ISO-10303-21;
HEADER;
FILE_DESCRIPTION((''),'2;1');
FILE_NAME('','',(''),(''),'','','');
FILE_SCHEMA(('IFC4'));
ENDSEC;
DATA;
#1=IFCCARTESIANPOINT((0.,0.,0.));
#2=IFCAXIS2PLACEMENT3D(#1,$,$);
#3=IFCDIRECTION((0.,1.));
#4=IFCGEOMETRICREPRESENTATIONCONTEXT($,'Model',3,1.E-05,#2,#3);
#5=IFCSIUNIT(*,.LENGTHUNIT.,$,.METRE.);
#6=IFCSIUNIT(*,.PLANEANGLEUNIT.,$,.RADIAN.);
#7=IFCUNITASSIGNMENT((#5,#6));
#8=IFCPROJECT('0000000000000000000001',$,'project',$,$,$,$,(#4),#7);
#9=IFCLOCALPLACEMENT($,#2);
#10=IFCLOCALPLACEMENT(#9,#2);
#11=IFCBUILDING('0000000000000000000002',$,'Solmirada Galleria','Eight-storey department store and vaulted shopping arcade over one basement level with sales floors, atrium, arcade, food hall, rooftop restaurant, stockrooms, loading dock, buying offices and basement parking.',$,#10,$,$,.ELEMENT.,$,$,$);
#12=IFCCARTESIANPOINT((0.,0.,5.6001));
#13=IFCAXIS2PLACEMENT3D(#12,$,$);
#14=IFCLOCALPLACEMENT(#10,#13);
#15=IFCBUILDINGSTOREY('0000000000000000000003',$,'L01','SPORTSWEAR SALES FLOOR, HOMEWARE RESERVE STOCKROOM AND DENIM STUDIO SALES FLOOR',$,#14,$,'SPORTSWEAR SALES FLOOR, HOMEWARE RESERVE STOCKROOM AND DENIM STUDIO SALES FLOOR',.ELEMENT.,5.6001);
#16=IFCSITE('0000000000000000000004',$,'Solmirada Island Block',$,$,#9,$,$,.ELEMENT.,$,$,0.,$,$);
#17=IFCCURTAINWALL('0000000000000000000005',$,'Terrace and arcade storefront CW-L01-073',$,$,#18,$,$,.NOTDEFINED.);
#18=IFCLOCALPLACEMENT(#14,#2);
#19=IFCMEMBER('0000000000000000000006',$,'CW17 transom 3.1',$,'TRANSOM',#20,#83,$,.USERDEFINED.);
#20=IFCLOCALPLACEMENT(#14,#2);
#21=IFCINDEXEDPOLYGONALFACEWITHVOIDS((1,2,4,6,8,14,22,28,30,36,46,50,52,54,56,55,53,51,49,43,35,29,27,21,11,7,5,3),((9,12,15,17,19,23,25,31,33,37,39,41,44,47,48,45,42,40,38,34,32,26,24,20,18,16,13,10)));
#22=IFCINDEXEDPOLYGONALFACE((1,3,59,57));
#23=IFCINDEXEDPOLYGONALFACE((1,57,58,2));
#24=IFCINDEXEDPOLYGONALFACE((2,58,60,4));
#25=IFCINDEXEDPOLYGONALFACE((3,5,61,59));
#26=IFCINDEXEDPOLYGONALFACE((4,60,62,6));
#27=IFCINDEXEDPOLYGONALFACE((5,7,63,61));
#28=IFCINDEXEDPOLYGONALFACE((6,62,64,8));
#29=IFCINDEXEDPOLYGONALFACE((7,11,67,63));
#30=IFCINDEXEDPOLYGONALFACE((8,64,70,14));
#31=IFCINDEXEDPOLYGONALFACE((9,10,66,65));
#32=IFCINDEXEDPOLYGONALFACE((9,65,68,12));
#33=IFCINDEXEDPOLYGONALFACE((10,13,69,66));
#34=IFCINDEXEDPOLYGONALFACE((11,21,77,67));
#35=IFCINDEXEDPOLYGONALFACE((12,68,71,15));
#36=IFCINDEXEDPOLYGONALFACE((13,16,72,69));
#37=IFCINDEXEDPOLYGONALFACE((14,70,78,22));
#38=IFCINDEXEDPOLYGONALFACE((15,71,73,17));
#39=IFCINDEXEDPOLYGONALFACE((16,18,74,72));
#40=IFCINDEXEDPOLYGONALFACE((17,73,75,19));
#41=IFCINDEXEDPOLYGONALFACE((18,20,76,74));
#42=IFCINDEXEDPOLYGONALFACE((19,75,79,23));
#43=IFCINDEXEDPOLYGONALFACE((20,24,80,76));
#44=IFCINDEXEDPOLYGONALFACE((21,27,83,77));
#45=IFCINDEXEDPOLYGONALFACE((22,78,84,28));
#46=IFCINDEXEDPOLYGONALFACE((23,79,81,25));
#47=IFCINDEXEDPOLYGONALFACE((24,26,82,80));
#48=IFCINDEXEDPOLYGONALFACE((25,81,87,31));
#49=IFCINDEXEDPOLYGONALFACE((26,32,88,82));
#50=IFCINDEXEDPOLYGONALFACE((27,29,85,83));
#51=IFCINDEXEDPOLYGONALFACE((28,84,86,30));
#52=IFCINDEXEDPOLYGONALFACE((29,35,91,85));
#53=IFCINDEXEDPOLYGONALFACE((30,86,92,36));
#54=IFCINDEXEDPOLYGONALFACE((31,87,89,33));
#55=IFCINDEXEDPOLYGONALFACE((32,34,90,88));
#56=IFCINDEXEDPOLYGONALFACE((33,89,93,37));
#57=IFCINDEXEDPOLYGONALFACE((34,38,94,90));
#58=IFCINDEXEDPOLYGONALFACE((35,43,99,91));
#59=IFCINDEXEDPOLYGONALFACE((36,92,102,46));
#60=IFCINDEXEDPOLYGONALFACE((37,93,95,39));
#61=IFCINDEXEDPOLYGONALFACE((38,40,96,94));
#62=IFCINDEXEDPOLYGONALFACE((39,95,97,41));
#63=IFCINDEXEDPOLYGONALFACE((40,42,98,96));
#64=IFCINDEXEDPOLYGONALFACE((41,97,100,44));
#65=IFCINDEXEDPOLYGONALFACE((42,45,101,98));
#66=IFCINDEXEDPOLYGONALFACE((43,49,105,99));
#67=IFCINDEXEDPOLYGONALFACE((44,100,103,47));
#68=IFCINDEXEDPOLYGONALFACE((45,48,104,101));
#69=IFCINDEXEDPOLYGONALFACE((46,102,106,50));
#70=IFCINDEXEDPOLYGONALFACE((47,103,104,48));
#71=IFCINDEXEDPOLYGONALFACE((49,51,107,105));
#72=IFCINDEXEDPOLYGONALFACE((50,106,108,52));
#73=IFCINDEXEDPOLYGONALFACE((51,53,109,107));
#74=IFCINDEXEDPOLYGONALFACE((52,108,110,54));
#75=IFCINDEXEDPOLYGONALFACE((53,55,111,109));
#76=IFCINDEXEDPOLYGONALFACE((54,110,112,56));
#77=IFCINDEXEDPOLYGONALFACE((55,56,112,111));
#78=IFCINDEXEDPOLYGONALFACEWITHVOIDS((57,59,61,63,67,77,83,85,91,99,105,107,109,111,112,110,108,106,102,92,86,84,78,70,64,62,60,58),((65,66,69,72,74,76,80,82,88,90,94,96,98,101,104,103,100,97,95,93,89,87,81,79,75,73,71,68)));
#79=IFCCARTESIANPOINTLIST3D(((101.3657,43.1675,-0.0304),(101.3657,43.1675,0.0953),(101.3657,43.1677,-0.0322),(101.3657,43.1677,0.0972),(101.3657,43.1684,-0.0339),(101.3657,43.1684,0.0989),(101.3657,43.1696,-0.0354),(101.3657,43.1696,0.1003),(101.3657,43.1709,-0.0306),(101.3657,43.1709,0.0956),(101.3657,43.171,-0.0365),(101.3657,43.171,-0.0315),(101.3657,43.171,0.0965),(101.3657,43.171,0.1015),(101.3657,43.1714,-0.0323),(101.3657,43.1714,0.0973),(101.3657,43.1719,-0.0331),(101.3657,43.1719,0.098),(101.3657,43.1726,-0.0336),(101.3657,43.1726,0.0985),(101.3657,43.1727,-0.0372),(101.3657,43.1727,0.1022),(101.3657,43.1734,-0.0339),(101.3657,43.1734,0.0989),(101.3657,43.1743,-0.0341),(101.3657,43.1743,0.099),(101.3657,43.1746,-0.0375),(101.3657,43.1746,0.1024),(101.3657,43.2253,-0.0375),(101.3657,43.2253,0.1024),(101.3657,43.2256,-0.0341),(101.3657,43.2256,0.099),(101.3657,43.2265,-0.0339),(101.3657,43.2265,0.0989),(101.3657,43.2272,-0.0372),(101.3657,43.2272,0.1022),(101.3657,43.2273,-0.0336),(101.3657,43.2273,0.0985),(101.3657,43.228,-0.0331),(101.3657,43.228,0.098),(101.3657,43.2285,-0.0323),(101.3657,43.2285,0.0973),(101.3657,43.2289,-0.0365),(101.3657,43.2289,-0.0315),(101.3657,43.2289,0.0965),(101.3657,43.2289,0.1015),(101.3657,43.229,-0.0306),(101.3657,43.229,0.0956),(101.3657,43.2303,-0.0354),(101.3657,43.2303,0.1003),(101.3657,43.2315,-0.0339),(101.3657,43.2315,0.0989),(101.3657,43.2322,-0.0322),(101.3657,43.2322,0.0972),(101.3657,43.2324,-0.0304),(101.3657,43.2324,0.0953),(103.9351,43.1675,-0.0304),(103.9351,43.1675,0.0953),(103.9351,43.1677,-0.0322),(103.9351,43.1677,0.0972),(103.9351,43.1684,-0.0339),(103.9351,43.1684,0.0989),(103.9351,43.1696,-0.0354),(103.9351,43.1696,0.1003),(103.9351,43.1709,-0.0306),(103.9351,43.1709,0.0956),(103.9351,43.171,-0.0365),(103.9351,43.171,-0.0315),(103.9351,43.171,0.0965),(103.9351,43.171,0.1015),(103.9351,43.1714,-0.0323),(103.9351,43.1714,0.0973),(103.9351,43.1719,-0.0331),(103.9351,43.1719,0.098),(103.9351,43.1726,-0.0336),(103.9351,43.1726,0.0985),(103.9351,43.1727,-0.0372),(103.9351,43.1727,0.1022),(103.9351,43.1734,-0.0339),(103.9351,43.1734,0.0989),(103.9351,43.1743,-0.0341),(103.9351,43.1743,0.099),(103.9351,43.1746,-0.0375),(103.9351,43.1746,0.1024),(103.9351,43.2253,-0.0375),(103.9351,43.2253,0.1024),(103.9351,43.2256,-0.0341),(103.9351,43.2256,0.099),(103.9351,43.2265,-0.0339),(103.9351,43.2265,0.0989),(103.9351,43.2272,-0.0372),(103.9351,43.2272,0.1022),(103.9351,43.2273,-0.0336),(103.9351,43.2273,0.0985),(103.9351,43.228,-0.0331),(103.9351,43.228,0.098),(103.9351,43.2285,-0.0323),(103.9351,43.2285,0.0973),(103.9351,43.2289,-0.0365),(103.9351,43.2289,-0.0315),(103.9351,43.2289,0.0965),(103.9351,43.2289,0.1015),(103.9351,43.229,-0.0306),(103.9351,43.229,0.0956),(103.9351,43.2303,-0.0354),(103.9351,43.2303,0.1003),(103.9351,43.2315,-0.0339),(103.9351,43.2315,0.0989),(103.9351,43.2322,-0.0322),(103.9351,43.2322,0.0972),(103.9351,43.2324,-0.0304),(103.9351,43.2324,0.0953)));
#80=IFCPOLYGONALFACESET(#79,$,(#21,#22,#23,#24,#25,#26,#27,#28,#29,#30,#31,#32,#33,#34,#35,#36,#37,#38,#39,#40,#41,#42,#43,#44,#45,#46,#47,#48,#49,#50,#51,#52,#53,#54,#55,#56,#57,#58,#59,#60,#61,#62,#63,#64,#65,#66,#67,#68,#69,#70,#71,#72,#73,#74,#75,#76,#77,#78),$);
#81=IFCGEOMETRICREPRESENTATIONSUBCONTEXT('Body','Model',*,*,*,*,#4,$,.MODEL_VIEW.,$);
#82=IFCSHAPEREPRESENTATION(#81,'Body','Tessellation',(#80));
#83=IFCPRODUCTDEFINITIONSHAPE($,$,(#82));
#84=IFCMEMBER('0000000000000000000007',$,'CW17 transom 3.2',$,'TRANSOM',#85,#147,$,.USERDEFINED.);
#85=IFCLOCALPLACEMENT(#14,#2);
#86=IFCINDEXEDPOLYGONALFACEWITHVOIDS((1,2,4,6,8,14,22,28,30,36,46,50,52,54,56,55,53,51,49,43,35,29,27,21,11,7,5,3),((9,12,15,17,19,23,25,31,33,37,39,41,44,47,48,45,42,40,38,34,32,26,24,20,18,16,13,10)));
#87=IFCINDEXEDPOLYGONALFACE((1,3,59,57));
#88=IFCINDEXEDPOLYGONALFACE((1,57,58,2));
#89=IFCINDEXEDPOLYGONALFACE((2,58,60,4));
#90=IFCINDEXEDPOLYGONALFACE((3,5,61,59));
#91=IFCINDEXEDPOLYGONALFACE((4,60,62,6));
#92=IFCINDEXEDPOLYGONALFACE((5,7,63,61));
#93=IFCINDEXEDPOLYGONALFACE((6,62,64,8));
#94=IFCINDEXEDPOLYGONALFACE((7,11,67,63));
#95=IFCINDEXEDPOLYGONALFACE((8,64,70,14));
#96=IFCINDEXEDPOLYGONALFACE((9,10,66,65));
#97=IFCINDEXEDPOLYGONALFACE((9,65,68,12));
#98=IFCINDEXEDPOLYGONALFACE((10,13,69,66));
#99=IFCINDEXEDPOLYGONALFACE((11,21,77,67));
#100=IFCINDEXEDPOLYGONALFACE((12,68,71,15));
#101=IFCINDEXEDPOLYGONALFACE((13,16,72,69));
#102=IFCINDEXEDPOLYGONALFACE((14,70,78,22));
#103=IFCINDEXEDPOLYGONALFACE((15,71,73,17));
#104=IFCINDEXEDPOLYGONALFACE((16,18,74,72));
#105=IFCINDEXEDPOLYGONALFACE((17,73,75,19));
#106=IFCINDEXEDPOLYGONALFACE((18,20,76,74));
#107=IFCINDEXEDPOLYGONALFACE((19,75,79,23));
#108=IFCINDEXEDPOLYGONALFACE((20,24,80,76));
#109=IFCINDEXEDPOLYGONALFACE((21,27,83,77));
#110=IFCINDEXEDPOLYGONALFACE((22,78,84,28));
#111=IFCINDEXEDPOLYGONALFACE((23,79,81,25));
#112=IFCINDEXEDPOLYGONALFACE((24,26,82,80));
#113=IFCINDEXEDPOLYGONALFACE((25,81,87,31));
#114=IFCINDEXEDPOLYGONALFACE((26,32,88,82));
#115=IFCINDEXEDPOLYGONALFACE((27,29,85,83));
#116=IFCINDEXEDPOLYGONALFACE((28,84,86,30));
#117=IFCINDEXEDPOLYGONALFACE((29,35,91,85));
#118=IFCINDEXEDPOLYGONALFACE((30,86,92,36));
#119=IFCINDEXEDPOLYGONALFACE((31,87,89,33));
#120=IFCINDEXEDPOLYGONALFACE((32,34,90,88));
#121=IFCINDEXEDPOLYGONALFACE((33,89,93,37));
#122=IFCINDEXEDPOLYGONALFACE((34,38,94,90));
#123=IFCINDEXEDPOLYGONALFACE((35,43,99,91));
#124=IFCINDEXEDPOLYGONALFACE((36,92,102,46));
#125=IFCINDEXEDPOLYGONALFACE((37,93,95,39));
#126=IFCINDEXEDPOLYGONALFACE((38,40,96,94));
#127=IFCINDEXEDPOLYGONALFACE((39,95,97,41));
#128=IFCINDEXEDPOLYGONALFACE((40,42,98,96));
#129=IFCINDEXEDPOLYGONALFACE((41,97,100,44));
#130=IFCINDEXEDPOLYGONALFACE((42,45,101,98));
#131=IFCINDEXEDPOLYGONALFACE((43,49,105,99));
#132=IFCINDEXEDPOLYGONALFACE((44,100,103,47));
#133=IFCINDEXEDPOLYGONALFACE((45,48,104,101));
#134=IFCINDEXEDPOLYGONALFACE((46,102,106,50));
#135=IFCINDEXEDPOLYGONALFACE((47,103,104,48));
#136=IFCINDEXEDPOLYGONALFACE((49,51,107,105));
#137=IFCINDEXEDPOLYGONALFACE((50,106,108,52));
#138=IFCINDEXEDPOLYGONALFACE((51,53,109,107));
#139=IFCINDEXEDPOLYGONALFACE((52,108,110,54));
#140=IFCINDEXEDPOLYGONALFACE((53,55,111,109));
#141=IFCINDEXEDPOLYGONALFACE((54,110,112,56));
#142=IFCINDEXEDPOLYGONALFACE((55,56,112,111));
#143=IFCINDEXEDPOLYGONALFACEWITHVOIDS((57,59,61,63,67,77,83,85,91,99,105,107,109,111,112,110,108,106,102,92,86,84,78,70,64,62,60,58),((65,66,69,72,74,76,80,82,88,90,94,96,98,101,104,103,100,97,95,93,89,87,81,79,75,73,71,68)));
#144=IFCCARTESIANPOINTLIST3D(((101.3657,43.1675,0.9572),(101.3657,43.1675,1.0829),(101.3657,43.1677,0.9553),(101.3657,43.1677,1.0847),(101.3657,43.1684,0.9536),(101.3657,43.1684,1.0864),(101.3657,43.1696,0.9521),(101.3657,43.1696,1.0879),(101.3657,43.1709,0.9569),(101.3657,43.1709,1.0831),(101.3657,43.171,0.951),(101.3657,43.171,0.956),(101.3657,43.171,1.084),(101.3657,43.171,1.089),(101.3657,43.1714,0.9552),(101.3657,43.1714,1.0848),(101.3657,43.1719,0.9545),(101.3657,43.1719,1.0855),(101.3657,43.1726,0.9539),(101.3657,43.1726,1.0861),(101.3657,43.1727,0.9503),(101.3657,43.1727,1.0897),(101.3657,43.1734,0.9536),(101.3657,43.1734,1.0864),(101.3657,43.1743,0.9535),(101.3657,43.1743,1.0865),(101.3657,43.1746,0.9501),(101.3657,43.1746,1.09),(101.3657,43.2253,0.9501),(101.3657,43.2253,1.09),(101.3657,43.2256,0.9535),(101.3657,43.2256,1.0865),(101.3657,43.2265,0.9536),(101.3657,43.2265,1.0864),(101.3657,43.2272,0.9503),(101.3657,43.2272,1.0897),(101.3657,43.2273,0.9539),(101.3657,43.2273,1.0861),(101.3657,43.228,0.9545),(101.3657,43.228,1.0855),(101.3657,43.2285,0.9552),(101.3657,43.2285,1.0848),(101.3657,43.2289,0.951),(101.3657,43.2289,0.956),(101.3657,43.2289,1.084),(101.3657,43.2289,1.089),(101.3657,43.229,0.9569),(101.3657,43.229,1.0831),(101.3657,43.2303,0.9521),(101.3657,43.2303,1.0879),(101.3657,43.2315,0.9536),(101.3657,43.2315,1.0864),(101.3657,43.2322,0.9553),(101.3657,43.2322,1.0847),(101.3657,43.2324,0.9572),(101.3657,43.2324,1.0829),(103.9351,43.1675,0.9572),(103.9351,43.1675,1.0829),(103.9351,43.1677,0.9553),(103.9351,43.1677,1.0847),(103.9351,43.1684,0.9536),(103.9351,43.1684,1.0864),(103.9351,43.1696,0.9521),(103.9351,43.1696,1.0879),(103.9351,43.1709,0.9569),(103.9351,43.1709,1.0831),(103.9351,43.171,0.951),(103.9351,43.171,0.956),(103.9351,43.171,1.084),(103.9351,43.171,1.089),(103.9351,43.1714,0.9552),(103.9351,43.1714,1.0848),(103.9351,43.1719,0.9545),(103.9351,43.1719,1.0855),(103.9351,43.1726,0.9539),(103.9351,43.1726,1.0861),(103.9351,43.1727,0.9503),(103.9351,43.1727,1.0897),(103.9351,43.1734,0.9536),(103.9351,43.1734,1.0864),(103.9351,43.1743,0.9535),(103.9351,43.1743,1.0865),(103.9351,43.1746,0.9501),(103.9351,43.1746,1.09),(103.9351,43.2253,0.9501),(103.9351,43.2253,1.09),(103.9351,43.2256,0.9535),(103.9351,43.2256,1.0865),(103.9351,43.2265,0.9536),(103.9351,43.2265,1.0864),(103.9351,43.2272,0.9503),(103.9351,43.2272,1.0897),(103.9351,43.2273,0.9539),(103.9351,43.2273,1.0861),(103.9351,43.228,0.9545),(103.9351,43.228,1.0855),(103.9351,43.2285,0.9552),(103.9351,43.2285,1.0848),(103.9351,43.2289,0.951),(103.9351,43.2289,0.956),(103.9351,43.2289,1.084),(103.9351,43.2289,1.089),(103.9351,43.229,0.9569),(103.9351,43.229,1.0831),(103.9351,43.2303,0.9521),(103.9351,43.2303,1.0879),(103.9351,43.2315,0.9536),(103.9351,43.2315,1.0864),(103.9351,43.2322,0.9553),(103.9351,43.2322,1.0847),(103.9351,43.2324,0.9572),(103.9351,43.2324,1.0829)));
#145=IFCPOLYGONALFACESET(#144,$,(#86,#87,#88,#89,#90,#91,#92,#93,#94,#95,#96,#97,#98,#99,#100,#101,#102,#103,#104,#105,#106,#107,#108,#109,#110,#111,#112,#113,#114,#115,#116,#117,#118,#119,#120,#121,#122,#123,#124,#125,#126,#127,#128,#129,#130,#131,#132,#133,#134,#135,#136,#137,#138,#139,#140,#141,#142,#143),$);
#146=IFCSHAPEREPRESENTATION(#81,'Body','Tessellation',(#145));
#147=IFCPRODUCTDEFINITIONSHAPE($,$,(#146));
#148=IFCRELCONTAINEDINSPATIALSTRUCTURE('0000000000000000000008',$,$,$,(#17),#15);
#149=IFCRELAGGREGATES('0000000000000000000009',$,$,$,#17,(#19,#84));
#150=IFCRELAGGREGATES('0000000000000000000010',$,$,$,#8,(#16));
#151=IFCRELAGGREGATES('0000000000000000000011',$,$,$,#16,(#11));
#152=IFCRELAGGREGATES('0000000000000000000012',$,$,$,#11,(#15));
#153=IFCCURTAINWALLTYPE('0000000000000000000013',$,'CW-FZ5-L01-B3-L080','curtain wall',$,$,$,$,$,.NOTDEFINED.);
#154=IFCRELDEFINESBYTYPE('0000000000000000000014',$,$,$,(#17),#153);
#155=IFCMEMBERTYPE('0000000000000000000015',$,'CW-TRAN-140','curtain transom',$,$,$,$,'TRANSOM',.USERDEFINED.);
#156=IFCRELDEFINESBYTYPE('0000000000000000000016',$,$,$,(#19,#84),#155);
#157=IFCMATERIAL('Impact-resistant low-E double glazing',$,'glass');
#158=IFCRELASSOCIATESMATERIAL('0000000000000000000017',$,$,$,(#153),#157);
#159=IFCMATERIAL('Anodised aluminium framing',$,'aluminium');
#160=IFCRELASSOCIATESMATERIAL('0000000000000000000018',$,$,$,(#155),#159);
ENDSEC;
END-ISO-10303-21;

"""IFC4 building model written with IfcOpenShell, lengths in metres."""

from ifc_helpers import new_model, si_unit, direction, frame, origin, origin_2d, place, context, subcontext, project, spatial, hollow_rectangle, extrude, material, material_profile, profile_set, type_object, element, aggregate, save


model = new_model("IFC4")

# Units and contexts
model_context = context("Model", 3, precision=1e-05, world=origin(), true_north=direction((0.0, 1.0)))
body_context = subcontext(model_context, "Body", "Model", "MODEL_VIEW")
ifc_project = project(units=[si_unit("LENGTHUNIT", "METRE"), si_unit("PLANEANGLEUNIT", "RADIAN")], contexts=[model_context])

# Site, building, storey
site_placement = place(None, origin())
site = spatial("IfcSite", under=ifc_project, at=site_placement, Name="Solmirada Island Block", CompositionType="ELEMENT", RefElevation=0.0)
building_placement = place(site_placement, origin())
building = spatial("IfcBuilding", under=site, at=building_placement, Name="Solmirada Galleria", Description="Eight-storey department store and vaulted shopping arcade over one basement level with sales floors, atrium, arcade, food hall, rooftop restaurant, stockrooms, loading dock, buying offices and basement parking.", CompositionType="ELEMENT")
storey_placement = place(building_placement, frame((0.0, 0.0, 5.6001)))
storey = spatial("IfcBuildingStorey", under=building, at=storey_placement, Name="L01", Description="SPORTSWEAR SALES FLOOR, HOMEWARE RESERVE STOCKROOM AND DENIM STUDIO SALES FLOOR", LongName="SPORTSWEAR SALES FLOOR, HOMEWARE RESERVE STOCKROOM AND DENIM STUDIO SALES FLOOR", CompositionType="ELEMENT", Elevation=5.6001)

# Curtain wall
ifc_material_1 = material(Name="Impact-resistant low-E double glazing", Category="glass")
ifc_material_2 = material(Name="Anodised aluminium framing", Category="aluminium")
curtain_wall_type_1 = type_object("IfcCurtainWallType", Name="CW-FZ5-L01-B3-L080", Description="curtain wall", PredefinedType="NOTDEFINED", material=ifc_material_1)
curtain_wall_1_placement = place(storey_placement, origin())
curtain_wall_1 = element("IfcCurtainWall", 1, at=curtain_wall_1_placement, inside=storey, type_object=curtain_wall_type_1, Name="Terrace and arcade storefront CW-L01-073", PredefinedType="NOTDEFINED")

# Members
ifc_material_profile_1 = material_profile(ifc_material_2, hollow_rectangle(XDim=0.0649, YDim=0.1399, WallThickness=0.0034, InnerFilletRadius=0.0034, OuterFilletRadius=0.0071, at=origin_2d()), Name="ALU-TRAN-140X65")
ifc_profile_set_1 = profile_set([ifc_material_profile_1], Name="Anodised aluminium framing")
member_type_1 = type_object("IfcMemberType", Name="CW-TRAN-140", Description="curtain transom", ElementType="TRANSOM", PredefinedType="USERDEFINED", material=ifc_profile_set_1)
member_1_placement = place(storey_placement, frame((101.3657, 43.2, 0.0325), z_axis=(1.0, 0.0, 0.0), x_axis=(0.0, 1.0, 0.0)))
member_1 = element("IfcMember", 2, at=member_1_placement, type_object=member_type_1, Name="CW17 transom 3.1", ObjectType="TRANSOM", PredefinedType="USERDEFINED", context=body_context, shape_type="SweptSolid", body=[
    extrude(hollow_rectangle(XDim=0.0649, YDim=0.1399, WallThickness=0.0034, InnerFilletRadius=0.0034, OuterFilletRadius=0.0071, at=origin_2d()), origin(), (0.0, 0.0, 1.0), 2.5693),
])
member_2_placement = place(storey_placement, frame((101.3657, 43.2, 1.02), z_axis=(1.0, 0.0, 0.0), x_axis=(0.0, 1.0, 0.0)))
member_2 = element("IfcMember", 3, at=member_2_placement, type_object=member_type_1, Name="CW17 transom 3.2", ObjectType="TRANSOM", PredefinedType="USERDEFINED", context=body_context, shape_type="SweptSolid", body=[
    extrude(hollow_rectangle(XDim=0.0649, YDim=0.1399, WallThickness=0.0034, InnerFilletRadius=0.0034, OuterFilletRadius=0.0071, at=origin_2d()), origin(), (0.0, 0.0, 1.0), 2.5693),
])

aggregate(curtain_wall_1, [member_1, member_2])

save(model, "model.ifc")
